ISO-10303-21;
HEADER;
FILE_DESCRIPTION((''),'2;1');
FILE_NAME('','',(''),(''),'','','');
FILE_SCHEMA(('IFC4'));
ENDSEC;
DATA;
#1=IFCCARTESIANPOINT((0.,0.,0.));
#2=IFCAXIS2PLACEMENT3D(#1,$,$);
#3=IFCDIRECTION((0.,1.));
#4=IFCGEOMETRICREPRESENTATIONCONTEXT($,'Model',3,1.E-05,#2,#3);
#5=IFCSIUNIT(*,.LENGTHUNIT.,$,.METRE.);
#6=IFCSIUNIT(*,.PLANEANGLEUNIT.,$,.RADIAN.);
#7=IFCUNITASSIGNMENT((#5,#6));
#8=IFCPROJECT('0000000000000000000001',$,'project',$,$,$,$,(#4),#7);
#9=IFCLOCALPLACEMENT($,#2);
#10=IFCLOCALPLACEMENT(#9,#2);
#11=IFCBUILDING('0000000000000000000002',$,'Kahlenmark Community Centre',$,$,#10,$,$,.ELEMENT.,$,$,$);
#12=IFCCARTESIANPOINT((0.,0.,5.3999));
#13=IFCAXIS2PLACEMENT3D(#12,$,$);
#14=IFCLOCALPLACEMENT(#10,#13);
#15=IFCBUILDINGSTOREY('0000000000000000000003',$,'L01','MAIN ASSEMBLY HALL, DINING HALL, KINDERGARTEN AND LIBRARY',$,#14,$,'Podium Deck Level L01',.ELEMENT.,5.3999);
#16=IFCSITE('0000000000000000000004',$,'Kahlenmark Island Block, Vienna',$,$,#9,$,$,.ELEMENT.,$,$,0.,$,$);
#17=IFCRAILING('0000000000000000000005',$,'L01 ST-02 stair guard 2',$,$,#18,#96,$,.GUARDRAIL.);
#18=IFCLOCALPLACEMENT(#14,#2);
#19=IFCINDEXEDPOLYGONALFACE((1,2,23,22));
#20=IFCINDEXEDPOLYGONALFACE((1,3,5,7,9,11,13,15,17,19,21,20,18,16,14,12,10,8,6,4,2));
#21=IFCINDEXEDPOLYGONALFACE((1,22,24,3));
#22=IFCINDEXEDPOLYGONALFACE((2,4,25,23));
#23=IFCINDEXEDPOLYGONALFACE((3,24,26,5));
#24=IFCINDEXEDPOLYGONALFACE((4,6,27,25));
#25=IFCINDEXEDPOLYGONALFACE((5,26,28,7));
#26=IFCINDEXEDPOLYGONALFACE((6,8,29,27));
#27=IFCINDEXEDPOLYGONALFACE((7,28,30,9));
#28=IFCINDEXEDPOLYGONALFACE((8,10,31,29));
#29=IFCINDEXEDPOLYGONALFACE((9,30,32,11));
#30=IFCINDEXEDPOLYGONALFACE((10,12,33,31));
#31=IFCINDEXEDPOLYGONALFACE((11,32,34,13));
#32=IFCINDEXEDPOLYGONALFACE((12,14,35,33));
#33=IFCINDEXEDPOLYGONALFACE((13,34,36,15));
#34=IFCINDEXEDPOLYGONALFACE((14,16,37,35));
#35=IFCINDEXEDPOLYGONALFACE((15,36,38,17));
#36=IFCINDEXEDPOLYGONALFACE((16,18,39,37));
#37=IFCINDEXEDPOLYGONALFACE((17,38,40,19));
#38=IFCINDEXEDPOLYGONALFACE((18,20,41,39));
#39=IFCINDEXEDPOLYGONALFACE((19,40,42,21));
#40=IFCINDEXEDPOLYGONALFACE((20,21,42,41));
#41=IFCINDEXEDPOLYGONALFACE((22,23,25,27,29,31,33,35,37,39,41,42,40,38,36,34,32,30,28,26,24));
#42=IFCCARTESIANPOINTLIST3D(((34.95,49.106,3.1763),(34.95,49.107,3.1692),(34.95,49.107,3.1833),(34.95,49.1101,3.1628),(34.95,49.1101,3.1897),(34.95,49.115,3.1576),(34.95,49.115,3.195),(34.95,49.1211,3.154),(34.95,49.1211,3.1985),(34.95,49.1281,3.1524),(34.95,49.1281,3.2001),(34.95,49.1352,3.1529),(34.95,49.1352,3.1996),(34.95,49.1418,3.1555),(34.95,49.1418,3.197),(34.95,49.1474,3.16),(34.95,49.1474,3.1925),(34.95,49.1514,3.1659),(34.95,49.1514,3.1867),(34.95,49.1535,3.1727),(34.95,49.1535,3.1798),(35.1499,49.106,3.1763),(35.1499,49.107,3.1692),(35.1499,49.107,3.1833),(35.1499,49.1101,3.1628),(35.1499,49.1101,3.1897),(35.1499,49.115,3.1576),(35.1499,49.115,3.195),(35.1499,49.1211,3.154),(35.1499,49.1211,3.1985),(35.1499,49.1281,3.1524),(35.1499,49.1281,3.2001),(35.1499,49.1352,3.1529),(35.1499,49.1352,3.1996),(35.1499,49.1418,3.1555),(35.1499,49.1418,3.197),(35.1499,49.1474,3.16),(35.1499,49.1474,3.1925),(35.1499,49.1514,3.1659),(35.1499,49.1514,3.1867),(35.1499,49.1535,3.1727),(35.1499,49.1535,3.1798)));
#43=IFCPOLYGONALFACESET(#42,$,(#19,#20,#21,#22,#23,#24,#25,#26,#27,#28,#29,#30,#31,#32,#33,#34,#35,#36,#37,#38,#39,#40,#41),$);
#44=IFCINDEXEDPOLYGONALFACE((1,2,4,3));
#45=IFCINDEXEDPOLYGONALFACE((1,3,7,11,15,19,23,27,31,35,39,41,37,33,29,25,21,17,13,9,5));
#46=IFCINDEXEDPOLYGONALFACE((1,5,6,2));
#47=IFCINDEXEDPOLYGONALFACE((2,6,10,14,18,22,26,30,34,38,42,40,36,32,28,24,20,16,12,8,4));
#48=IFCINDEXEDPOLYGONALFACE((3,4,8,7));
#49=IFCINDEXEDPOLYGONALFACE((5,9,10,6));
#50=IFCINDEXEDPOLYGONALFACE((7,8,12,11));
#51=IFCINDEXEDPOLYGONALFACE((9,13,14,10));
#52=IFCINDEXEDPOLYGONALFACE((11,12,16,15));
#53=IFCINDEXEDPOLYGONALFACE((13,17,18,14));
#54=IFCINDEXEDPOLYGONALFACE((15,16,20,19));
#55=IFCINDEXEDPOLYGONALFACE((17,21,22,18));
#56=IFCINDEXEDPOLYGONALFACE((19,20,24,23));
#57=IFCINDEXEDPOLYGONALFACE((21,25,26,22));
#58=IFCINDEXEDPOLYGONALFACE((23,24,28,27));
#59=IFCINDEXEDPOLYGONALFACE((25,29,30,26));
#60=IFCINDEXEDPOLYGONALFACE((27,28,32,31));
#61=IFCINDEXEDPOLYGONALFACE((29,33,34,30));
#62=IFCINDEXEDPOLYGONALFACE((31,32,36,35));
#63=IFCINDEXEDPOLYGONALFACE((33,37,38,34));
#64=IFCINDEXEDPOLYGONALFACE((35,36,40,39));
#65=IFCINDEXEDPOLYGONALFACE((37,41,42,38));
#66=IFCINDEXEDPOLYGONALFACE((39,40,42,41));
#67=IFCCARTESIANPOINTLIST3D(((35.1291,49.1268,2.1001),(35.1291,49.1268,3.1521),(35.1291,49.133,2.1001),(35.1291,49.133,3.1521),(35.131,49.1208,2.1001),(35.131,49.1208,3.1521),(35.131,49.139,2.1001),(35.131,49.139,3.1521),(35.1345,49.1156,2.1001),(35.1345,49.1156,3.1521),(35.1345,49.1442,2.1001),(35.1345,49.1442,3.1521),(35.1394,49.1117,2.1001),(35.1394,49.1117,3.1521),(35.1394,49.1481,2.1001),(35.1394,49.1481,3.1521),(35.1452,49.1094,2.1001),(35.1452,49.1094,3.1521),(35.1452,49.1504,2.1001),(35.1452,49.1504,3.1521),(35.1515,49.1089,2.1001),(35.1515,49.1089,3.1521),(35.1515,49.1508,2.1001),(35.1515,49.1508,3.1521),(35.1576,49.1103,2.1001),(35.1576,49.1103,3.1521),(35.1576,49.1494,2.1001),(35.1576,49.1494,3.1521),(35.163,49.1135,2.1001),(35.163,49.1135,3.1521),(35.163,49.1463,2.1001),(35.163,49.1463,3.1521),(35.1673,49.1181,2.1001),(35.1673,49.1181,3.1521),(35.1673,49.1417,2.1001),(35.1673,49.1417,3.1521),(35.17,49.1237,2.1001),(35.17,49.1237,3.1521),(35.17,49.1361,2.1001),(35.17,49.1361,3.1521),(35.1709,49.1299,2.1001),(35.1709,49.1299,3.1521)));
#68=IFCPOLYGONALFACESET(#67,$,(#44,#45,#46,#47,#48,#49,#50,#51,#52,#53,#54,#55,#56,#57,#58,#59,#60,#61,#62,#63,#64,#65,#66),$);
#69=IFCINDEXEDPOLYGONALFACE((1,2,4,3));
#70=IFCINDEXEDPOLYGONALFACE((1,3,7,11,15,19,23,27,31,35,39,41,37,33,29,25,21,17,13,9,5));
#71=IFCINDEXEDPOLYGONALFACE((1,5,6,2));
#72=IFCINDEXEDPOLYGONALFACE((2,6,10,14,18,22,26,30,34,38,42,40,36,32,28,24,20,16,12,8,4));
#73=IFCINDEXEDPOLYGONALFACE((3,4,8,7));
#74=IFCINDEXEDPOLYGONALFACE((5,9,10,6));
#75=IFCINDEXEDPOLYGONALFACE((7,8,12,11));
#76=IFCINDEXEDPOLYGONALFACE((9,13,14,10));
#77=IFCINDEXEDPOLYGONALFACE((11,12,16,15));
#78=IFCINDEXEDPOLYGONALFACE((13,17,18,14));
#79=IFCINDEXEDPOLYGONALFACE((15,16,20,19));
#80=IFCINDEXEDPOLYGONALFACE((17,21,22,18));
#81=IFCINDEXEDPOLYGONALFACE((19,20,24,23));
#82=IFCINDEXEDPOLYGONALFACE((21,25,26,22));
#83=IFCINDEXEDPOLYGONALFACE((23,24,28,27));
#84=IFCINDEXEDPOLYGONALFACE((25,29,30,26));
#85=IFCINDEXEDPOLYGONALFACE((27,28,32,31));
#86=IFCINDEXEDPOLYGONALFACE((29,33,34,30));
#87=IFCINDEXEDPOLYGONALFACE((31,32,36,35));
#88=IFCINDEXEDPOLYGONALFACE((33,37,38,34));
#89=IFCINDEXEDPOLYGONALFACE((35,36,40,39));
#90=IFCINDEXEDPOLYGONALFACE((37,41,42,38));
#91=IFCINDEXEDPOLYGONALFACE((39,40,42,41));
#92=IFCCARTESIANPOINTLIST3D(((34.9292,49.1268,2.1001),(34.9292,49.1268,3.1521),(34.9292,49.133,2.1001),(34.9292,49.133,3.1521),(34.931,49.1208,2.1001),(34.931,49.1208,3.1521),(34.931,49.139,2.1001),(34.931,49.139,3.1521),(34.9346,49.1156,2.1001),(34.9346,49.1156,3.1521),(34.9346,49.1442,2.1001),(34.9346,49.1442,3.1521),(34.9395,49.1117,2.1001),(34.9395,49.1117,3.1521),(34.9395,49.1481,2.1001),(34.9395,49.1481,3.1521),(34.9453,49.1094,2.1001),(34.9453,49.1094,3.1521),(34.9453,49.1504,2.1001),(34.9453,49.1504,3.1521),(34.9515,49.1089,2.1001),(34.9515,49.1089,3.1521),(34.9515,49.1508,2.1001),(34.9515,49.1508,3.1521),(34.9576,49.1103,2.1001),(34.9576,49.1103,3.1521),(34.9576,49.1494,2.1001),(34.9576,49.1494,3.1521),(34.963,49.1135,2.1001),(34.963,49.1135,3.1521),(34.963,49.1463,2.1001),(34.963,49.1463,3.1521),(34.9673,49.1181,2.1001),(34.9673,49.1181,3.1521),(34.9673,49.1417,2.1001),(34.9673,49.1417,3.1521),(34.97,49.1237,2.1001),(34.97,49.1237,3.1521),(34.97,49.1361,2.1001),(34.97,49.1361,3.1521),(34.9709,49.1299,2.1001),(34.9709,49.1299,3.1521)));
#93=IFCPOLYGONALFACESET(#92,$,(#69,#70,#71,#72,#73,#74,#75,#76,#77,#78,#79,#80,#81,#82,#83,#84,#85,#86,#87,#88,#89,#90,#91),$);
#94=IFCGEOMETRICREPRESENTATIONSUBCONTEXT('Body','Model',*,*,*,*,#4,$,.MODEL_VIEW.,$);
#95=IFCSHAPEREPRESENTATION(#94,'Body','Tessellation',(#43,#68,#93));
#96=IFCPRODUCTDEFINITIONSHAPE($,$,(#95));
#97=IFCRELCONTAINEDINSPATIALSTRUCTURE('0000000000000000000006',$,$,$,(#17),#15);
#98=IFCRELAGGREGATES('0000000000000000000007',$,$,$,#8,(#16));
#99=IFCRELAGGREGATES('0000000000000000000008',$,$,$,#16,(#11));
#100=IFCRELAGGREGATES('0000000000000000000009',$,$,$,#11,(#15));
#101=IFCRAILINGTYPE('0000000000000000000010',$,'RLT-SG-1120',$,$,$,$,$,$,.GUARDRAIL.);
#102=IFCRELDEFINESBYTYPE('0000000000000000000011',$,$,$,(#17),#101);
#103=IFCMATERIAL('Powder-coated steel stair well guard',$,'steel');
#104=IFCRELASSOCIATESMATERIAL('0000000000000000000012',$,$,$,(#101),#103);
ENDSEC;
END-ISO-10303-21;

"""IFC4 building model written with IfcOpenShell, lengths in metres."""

from ifc_helpers import new_model, si_unit, direction, frame, origin, origin_2d, place, context, subcontext, project, spatial, circle, extrude, material, type_object, element, save


model = new_model("IFC4")

# Units and contexts
model_context = context("Model", 3, precision=1e-05, world=origin(), true_north=direction((0.0, 1.0)))
body_context = subcontext(model_context, "Body", "Model", "MODEL_VIEW")
ifc_project = project(units=[si_unit("LENGTHUNIT", "METRE"), si_unit("PLANEANGLEUNIT", "RADIAN")], contexts=[model_context])

# Site, building, storey
site_placement = place(None, origin())
site = spatial("IfcSite", under=ifc_project, at=site_placement, Name="Kahlenmark Island Block, Vienna", CompositionType="ELEMENT", RefElevation=0.0)
building_placement = place(site_placement, origin())
building = spatial("IfcBuilding", under=site, at=building_placement, Name="Kahlenmark Community Centre", CompositionType="ELEMENT")
storey_placement = place(building_placement, frame((0.0, 0.0, 5.3999)))
storey = spatial("IfcBuildingStorey", under=building, at=storey_placement, Name="L01", Description="MAIN ASSEMBLY HALL, DINING HALL, KINDERGARTEN AND LIBRARY", LongName="Podium Deck Level L01", CompositionType="ELEMENT", Elevation=5.3999)

# Railing
ifc_material_1 = material(Name="Powder-coated steel stair well guard", Category="steel")
railing_type_1 = type_object("IfcRailingType", Name="RLT-SG-1120", PredefinedType="GUARDRAIL", material=ifc_material_1)
railing_1_placement = place(storey_placement, frame((35.1499, 49.1299, 2.1001)))
element("IfcRailing", 1, at=railing_1_placement, inside=storey, type_object=railing_type_1, Name="L01 ST-02 stair guard 2", PredefinedType="GUARDRAIL", context=body_context, shape_type="SweptSolid", body=[
    extrude(circle(Radius=0.0239, at=origin_2d()), frame((0.0, 0.0, 1.0762), z_axis=(-1.0, 0.0, 0.0), x_axis=(0.0, -1.0, 0.0)), (0.0, 0.0, 1.0), 0.2),
    extrude(circle(Radius=0.021, at=origin_2d()), origin(), (0.0, 0.0, 1.0), 1.052),
    extrude(circle(Radius=0.021, at=origin_2d()), frame((-0.2, 0.0, 0.0)), (0.0, 0.0, 1.0), 1.052),
])

save(model, "model.ifc")
